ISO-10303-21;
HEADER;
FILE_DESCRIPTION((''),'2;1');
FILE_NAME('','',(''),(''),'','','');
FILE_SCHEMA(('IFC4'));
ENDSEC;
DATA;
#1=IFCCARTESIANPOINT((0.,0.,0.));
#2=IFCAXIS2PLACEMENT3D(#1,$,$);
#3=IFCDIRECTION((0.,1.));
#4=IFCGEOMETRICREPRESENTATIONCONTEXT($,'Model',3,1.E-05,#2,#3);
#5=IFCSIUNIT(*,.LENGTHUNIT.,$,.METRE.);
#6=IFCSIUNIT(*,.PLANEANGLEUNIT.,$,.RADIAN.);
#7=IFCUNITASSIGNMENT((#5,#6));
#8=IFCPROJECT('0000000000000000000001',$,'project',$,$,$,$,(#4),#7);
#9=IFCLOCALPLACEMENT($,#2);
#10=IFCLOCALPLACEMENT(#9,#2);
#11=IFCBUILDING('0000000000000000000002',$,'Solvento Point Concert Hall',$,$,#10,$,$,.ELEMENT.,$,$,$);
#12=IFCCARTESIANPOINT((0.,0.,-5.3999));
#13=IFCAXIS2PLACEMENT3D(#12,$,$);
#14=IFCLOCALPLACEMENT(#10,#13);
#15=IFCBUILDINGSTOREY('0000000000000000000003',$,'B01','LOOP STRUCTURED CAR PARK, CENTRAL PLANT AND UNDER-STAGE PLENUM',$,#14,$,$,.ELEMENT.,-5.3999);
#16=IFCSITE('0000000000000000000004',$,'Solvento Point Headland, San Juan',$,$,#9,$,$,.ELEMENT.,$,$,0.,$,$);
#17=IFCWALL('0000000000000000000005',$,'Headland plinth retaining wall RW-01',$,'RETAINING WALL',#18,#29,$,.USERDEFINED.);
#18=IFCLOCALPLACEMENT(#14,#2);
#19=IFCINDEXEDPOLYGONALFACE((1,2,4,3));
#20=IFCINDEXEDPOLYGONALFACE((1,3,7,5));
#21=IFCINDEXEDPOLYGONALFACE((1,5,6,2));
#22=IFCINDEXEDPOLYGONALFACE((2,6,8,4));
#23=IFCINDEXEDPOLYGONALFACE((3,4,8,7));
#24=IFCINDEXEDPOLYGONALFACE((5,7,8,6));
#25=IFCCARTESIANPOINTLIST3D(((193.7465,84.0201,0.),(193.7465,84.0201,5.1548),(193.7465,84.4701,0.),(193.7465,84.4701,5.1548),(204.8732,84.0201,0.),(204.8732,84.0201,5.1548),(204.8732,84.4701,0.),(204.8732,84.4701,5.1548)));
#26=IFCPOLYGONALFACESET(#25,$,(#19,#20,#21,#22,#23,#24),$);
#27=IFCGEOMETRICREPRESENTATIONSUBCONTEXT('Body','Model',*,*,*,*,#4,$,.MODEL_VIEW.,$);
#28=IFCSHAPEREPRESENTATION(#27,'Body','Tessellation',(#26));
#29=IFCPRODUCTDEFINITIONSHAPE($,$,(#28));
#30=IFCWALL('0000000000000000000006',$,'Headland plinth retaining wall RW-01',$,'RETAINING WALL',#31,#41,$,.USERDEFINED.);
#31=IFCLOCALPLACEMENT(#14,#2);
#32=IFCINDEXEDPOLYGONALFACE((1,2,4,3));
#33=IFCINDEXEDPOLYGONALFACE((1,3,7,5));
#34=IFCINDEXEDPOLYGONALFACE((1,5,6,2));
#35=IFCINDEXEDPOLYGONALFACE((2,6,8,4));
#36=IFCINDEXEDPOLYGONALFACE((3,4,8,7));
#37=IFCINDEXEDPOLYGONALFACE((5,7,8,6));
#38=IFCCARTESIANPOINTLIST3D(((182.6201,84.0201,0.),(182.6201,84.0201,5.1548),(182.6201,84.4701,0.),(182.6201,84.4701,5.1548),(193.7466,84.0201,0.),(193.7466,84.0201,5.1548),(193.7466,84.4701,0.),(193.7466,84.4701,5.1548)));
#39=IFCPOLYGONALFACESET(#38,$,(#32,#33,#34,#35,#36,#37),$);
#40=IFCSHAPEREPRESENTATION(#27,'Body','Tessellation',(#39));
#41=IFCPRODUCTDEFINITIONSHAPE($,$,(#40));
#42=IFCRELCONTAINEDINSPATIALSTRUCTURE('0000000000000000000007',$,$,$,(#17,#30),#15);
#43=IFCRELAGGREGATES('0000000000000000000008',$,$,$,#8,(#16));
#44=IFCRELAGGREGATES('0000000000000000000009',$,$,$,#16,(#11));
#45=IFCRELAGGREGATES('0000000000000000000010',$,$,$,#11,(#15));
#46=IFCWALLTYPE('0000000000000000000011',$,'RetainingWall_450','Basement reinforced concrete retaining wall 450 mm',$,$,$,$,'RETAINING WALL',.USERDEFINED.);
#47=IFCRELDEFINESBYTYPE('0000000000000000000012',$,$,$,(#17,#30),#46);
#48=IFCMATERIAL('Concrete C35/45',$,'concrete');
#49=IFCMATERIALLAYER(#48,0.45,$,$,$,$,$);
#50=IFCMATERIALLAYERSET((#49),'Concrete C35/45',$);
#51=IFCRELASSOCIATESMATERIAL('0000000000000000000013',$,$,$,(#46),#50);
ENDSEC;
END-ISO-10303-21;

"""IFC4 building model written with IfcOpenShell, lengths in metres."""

from ifc_helpers import new_model, si_unit, direction, frame, frame_2d, origin, place, context, subcontext, project, spatial, rectangle, extrude, material, layer, layer_set, type_object, element, save


model = new_model("IFC4")

# Units and contexts
model_context = context("Model", 3, precision=1e-05, world=origin(), true_north=direction((0.0, 1.0)))
body_context = subcontext(model_context, "Body", "Model", "MODEL_VIEW")
ifc_project = project(units=[si_unit("LENGTHUNIT", "METRE"), si_unit("PLANEANGLEUNIT", "RADIAN")], contexts=[model_context])

# Site, building, storey
site_placement = place(None, origin())
site = spatial("IfcSite", under=ifc_project, at=site_placement, Name="Solvento Point Headland, San Juan", CompositionType="ELEMENT", RefElevation=0.0)
building_placement = place(site_placement, origin())
building = spatial("IfcBuilding", under=site, at=building_placement, Name="Solvento Point Concert Hall", CompositionType="ELEMENT")
storey_placement = place(building_placement, frame((0.0, 0.0, -5.3999)))
storey = spatial("IfcBuildingStorey", under=building, at=storey_placement, Name="B01", Description="LOOP STRUCTURED CAR PARK, CENTRAL PLANT AND UNDER-STAGE PLENUM", CompositionType="ELEMENT", Elevation=-5.3999)

# Walls
ifc_material_1 = material(Name="Concrete C35/45", Category="concrete")
ifc_layer = layer(ifc_material_1, 0.45)
ifc_layer_set = layer_set([ifc_layer], Name="Concrete C35/45")
wall_type = type_object("IfcWallType", Name="RetainingWall_450", Description="Basement reinforced concrete retaining wall 450 mm", ElementType="RETAINING WALL", PredefinedType="USERDEFINED", material=ifc_layer_set)
for number, where, z_axis, x_axis, name in (
    (1, (204.8733, 84.2451, 0.0), (0.0, 0.0, 1.0), (-1.0, 0.0, 0.0), "Headland plinth retaining wall RW-01"),
):
    element("IfcWall", number, at=place(storey_placement, frame(where, z_axis=z_axis, x_axis=x_axis)), inside=storey, type_object=wall_type, Name=name, ObjectType="RETAINING WALL", PredefinedType="USERDEFINED", context=body_context, shape_type="SweptSolid", body=[
        extrude(rectangle(XDim=11.1267, YDim=0.45, at=frame_2d((5.5635, 0.0))), origin(), (0.0, 0.0, 1.0), 5.1548),
    ])
wall_placement = place(storey_placement, frame((193.7466, 84.2451, 0.0), z_axis=(0.0, 0.0, 1.0), x_axis=(-1.0, 0.0, 0.0)))
element("IfcWall", 2, at=wall_placement, inside=storey, type_object=wall_type, Name="Headland plinth retaining wall RW-01", ObjectType="RETAINING WALL", PredefinedType="USERDEFINED", context=body_context, shape_type="SweptSolid", body=[
    extrude(rectangle(XDim=11.1265, YDim=0.45, at=frame_2d((5.5632, 0.0))), origin(), (0.0, 0.0, 1.0), 5.1548),
])

save(model, "model.ifc")
